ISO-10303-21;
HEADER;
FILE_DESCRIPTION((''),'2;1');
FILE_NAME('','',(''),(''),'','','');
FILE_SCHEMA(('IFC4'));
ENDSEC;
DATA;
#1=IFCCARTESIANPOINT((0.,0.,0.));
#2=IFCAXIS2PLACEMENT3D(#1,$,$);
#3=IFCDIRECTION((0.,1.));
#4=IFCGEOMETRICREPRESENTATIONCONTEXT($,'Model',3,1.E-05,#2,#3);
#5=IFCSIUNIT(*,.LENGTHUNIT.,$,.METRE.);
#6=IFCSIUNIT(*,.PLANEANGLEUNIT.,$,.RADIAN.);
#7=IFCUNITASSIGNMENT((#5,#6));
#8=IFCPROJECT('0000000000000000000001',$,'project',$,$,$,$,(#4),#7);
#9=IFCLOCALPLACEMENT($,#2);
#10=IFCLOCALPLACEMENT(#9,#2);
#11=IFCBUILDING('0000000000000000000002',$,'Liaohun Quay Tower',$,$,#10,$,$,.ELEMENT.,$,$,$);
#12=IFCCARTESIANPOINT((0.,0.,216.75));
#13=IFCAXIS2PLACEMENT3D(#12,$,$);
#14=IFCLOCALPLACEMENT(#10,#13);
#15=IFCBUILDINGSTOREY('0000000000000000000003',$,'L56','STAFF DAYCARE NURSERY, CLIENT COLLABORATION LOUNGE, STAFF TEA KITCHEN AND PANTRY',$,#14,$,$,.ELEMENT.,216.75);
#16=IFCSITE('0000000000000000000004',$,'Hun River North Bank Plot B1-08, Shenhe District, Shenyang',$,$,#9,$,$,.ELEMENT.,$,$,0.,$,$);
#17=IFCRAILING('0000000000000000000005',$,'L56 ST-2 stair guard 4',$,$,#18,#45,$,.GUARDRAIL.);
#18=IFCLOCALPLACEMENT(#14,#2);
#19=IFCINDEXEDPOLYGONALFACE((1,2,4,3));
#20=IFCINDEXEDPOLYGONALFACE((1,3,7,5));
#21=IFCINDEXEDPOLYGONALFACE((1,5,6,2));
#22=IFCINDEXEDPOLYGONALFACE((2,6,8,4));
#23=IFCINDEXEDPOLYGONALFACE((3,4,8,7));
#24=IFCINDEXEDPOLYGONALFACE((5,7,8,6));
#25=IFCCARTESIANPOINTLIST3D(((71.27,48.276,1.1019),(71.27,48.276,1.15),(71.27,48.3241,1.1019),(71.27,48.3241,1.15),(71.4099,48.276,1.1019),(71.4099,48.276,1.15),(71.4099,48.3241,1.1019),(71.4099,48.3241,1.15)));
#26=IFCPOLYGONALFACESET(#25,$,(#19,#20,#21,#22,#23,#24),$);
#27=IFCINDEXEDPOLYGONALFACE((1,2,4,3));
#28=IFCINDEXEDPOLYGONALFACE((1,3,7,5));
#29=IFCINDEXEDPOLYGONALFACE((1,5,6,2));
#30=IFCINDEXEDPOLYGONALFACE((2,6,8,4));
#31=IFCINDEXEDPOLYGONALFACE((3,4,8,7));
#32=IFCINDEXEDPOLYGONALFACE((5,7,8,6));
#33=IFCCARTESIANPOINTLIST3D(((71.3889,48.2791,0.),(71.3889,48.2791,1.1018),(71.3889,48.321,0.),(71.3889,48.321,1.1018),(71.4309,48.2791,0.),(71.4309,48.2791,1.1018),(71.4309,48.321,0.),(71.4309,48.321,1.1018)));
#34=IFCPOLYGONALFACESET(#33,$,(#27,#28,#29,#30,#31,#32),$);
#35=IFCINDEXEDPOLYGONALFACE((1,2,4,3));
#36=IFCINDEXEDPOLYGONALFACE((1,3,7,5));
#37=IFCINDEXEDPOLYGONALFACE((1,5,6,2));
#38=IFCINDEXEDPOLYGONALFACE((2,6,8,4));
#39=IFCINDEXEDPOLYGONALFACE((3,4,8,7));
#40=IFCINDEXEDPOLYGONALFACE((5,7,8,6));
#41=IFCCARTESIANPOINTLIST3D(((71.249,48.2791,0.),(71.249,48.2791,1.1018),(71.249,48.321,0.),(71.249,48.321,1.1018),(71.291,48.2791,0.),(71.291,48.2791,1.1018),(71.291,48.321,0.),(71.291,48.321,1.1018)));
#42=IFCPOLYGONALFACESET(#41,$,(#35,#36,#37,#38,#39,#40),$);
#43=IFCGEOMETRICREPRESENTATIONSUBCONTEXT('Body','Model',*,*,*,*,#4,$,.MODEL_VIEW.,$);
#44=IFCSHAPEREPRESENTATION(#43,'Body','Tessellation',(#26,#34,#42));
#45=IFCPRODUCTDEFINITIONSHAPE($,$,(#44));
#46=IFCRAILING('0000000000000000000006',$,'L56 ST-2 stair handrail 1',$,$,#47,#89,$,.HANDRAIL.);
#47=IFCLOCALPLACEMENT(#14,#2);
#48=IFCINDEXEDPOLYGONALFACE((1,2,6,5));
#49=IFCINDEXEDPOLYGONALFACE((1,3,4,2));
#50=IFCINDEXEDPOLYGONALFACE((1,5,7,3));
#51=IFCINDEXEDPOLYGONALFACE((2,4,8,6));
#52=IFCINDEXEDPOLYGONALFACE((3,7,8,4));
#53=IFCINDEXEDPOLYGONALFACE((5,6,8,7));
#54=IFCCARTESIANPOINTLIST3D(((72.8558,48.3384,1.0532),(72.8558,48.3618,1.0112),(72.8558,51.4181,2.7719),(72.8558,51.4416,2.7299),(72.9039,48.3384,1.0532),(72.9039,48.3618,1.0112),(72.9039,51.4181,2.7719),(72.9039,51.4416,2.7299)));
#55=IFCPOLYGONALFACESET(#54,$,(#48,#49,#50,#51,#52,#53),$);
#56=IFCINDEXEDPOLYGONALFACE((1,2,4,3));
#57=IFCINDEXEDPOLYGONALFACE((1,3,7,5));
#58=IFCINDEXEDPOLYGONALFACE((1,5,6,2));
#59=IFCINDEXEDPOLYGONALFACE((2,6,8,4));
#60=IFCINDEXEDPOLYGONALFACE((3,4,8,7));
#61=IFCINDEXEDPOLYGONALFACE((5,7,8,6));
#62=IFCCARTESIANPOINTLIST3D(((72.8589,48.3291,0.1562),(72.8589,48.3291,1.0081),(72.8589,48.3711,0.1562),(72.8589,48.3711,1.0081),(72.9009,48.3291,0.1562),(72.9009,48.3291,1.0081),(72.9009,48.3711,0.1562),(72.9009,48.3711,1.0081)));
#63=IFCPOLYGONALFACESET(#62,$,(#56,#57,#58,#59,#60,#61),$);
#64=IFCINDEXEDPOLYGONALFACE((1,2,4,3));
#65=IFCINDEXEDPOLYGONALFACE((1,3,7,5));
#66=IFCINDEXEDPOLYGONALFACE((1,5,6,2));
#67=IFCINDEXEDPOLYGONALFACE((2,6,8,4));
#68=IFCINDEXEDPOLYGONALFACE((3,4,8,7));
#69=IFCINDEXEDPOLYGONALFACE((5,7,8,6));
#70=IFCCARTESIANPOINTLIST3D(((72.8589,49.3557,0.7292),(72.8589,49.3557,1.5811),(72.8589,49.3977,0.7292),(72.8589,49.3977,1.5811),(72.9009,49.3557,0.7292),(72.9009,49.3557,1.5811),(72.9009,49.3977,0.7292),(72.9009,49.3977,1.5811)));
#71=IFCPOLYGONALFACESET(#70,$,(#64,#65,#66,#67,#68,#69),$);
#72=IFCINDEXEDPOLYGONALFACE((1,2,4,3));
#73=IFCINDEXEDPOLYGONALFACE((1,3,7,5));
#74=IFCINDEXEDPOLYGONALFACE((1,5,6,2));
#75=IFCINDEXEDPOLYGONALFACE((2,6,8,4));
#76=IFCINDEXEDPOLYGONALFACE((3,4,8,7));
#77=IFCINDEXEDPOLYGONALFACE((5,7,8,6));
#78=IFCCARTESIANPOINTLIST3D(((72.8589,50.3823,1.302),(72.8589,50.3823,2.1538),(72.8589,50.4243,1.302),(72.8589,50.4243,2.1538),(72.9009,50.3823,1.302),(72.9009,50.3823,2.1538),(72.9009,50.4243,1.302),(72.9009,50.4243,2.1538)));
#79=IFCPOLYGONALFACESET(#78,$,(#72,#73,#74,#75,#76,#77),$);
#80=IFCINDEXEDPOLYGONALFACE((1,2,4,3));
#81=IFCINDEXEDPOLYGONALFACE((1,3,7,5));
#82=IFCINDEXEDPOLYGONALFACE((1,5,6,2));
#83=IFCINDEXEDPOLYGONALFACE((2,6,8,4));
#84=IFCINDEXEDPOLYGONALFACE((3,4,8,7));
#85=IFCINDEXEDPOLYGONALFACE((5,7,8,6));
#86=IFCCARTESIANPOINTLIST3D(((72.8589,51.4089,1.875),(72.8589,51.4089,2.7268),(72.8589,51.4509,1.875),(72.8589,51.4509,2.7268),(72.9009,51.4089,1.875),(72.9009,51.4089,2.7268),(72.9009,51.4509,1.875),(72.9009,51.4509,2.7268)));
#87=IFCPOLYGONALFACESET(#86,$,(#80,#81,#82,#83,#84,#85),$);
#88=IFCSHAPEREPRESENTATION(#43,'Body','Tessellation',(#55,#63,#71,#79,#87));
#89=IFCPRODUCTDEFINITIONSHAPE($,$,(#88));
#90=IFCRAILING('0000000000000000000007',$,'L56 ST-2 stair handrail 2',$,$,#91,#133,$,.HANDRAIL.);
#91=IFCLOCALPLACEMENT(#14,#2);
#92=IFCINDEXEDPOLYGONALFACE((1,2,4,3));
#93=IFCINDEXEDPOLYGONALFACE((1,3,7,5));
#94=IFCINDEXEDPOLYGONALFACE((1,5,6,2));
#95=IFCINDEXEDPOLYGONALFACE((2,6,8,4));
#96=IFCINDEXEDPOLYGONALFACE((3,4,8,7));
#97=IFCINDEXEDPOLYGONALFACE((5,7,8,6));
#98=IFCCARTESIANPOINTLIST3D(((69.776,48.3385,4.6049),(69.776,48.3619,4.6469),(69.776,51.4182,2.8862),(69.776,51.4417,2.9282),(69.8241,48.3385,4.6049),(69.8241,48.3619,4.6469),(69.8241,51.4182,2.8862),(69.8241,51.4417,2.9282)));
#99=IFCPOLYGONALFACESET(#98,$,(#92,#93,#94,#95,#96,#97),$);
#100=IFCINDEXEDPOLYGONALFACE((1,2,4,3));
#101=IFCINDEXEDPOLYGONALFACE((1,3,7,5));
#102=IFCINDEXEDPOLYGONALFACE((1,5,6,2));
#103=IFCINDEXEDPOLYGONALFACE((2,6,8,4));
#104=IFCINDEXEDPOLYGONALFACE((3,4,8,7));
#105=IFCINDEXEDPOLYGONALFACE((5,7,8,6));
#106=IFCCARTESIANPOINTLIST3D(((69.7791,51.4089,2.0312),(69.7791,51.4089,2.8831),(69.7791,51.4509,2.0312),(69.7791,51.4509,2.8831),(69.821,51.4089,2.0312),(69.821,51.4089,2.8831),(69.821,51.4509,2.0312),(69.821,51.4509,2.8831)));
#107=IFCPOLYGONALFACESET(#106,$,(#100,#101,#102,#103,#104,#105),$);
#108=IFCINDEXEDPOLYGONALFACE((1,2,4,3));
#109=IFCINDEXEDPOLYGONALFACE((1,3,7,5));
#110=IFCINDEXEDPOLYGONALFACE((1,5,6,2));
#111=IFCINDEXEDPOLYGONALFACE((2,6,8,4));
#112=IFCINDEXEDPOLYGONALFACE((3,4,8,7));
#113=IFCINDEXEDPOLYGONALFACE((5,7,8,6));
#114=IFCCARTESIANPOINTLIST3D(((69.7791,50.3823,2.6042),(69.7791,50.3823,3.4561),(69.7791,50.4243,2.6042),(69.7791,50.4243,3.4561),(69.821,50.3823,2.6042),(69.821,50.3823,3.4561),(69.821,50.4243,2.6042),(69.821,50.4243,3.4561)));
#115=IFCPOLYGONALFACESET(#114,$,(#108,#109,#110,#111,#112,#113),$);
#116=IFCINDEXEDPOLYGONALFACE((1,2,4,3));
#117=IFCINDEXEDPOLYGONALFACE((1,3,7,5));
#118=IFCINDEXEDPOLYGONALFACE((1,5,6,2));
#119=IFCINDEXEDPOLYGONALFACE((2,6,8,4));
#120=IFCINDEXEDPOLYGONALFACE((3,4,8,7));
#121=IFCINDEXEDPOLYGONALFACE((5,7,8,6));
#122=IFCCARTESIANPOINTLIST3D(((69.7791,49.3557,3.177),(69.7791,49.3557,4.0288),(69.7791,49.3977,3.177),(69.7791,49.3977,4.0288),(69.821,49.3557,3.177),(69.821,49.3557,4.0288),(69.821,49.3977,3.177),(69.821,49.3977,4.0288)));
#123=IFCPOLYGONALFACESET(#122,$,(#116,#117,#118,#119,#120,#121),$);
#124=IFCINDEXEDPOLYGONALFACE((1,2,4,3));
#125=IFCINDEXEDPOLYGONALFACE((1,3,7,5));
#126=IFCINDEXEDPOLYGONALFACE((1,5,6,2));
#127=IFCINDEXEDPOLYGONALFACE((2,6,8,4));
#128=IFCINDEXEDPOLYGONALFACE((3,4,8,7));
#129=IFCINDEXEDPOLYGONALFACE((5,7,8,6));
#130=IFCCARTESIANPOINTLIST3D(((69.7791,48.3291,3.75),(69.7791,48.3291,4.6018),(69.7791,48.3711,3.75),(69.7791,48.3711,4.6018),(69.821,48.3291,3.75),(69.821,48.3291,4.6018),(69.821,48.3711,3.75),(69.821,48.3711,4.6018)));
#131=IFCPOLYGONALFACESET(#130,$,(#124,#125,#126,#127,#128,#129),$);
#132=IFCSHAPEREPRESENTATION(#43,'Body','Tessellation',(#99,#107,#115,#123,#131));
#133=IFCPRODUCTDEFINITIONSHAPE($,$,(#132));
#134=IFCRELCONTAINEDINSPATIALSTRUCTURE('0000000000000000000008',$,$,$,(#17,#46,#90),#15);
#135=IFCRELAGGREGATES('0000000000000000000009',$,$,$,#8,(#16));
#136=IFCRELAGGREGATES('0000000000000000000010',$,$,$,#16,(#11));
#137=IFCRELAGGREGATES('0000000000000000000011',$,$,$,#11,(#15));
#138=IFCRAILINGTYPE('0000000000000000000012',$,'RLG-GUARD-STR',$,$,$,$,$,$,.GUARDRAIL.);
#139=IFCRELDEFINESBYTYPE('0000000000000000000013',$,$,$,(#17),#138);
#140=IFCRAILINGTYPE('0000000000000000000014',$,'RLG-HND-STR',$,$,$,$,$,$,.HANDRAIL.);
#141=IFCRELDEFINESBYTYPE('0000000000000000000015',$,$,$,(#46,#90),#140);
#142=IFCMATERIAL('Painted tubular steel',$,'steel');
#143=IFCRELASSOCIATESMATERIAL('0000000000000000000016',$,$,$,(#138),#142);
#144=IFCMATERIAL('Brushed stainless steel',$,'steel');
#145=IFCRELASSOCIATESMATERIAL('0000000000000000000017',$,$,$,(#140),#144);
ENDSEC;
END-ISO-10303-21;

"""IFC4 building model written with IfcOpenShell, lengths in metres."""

from ifc_helpers import new_model, si_unit, direction, frame, origin, origin_2d, place, context, subcontext, project, spatial, rectangle, extrude, material, type_object, element, save


model = new_model("IFC4")

# Units and contexts
model_context = context("Model", 3, precision=1e-05, world=origin(), true_north=direction((0.0, 1.0)))
body_context = subcontext(model_context, "Body", "Model", "MODEL_VIEW")
ifc_project = project(units=[si_unit("LENGTHUNIT", "METRE"), si_unit("PLANEANGLEUNIT", "RADIAN")], contexts=[model_context])

# Site, building, storey
site_placement = place(None, origin())
site = spatial("IfcSite", under=ifc_project, at=site_placement, Name="Hun River North Bank Plot B1-08, Shenhe District, Shenyang", CompositionType="ELEMENT", RefElevation=0.0)
building_placement = place(site_placement, origin())
building = spatial("IfcBuilding", under=site, at=building_placement, Name="Liaohun Quay Tower", CompositionType="ELEMENT")
storey_placement = place(building_placement, frame((0.0, 0.0, 216.75)))
storey = spatial("IfcBuildingStorey", under=building, at=storey_placement, Name="L56", Description="STAFF DAYCARE NURSERY, CLIENT COLLABORATION LOUNGE, STAFF TEA KITCHEN AND PANTRY", CompositionType="ELEMENT", Elevation=216.75)

# Railings
ifc_material_1 = material(Name="Painted tubular steel", Category="steel")
railing_type_1 = type_object("IfcRailingType", Name="RLG-GUARD-STR", PredefinedType="GUARDRAIL", material=ifc_material_1)
railing_1_placement = place(storey_placement, frame((71.4099, 48.3, 0.0)))
element("IfcRailing", 1, at=railing_1_placement, inside=storey, type_object=railing_type_1, Name="L56 ST-2 stair guard 4", PredefinedType="GUARDRAIL", context=body_context, shape_type="SweptSolid", body=[
    extrude(rectangle(XDim=0.0481, YDim=0.0481, at=origin_2d()), frame((0.0, 0.0, 1.126), z_axis=(-1.0, 0.0, 0.0), x_axis=(0.0, -1.0, 0.0)), (0.0, 0.0, 1.0), 0.1399),
    extrude(rectangle(XDim=0.042, YDim=0.042, at=origin_2d()), origin(), (0.0, 0.0, 1.0), 1.1018),
    extrude(rectangle(XDim=0.042, YDim=0.042, at=origin_2d()), frame((-0.1399, 0.0, 0.0)), (0.0, 0.0, 1.0), 1.1018),
])
ifc_material_2 = material(Name="Brushed stainless steel", Category="steel")
railing_type_2 = type_object("IfcRailingType", Name="RLG-HND-STR", PredefinedType="HANDRAIL", material=ifc_material_2)
railing_2_placement = place(storey_placement, frame((72.8799, 48.3501, 0.1562)))
element("IfcRailing", 2, at=railing_2_placement, inside=storey, type_object=railing_type_2, Name="L56 ST-2 stair handrail 1", PredefinedType="HANDRAIL", context=body_context, shape_type="SweptSolid", body=[
    extrude(rectangle(XDim=0.0481, YDim=0.0481, at=origin_2d()), frame((0.0, 0.0, 0.876), z_axis=(0.0, 0.873225, 0.487317), x_axis=(-1.0, 0.0, 0.0)), (0.0, 0.0, 1.0), 3.5269),
    extrude(rectangle(XDim=0.042, YDim=0.042, at=origin_2d()), origin(), (0.0, 0.0, 1.0), 0.8518),
    extrude(rectangle(XDim=0.042, YDim=0.042, at=origin_2d()), frame((0.0, 1.0266, 0.573)), (0.0, 0.0, 1.0), 0.8518),
    extrude(rectangle(XDim=0.042, YDim=0.042, at=origin_2d()), frame((0.0, 2.0532, 1.1458)), (0.0, 0.0, 1.0), 0.8518),
    extrude(rectangle(XDim=0.042, YDim=0.042, at=origin_2d()), frame((0.0, 3.0798, 1.7188)), (0.0, 0.0, 1.0), 0.8518),
])
railing_3_placement = place(storey_placement, frame((69.8, 51.4299, 2.0312)))
element("IfcRailing", 3, at=railing_3_placement, inside=storey, type_object=railing_type_2, Name="L56 ST-2 stair handrail 2", PredefinedType="HANDRAIL", context=body_context, shape_type="SweptSolid", body=[
    extrude(rectangle(XDim=0.0481, YDim=0.0481, at=origin_2d()), frame((0.0, 0.0, 0.876), z_axis=(0.0, -0.873225, 0.487317), x_axis=(1.0, 0.0, 0.0)), (0.0, 0.0, 1.0), 3.5269),
    extrude(rectangle(XDim=0.042, YDim=0.042, at=origin_2d()), origin(), (0.0, 0.0, 1.0), 0.8518),
    extrude(rectangle(XDim=0.042, YDim=0.042, at=origin_2d()), frame((0.0, -1.0266, 0.573)), (0.0, 0.0, 1.0), 0.8518),
    extrude(rectangle(XDim=0.042, YDim=0.042, at=origin_2d()), frame((0.0, -2.0532, 1.1458)), (0.0, 0.0, 1.0), 0.8518),
    extrude(rectangle(XDim=0.042, YDim=0.042, at=origin_2d()), frame((0.0, -3.0798, 1.7188)), (0.0, 0.0, 1.0), 0.8518),
])

save(model, "model.ifc")
